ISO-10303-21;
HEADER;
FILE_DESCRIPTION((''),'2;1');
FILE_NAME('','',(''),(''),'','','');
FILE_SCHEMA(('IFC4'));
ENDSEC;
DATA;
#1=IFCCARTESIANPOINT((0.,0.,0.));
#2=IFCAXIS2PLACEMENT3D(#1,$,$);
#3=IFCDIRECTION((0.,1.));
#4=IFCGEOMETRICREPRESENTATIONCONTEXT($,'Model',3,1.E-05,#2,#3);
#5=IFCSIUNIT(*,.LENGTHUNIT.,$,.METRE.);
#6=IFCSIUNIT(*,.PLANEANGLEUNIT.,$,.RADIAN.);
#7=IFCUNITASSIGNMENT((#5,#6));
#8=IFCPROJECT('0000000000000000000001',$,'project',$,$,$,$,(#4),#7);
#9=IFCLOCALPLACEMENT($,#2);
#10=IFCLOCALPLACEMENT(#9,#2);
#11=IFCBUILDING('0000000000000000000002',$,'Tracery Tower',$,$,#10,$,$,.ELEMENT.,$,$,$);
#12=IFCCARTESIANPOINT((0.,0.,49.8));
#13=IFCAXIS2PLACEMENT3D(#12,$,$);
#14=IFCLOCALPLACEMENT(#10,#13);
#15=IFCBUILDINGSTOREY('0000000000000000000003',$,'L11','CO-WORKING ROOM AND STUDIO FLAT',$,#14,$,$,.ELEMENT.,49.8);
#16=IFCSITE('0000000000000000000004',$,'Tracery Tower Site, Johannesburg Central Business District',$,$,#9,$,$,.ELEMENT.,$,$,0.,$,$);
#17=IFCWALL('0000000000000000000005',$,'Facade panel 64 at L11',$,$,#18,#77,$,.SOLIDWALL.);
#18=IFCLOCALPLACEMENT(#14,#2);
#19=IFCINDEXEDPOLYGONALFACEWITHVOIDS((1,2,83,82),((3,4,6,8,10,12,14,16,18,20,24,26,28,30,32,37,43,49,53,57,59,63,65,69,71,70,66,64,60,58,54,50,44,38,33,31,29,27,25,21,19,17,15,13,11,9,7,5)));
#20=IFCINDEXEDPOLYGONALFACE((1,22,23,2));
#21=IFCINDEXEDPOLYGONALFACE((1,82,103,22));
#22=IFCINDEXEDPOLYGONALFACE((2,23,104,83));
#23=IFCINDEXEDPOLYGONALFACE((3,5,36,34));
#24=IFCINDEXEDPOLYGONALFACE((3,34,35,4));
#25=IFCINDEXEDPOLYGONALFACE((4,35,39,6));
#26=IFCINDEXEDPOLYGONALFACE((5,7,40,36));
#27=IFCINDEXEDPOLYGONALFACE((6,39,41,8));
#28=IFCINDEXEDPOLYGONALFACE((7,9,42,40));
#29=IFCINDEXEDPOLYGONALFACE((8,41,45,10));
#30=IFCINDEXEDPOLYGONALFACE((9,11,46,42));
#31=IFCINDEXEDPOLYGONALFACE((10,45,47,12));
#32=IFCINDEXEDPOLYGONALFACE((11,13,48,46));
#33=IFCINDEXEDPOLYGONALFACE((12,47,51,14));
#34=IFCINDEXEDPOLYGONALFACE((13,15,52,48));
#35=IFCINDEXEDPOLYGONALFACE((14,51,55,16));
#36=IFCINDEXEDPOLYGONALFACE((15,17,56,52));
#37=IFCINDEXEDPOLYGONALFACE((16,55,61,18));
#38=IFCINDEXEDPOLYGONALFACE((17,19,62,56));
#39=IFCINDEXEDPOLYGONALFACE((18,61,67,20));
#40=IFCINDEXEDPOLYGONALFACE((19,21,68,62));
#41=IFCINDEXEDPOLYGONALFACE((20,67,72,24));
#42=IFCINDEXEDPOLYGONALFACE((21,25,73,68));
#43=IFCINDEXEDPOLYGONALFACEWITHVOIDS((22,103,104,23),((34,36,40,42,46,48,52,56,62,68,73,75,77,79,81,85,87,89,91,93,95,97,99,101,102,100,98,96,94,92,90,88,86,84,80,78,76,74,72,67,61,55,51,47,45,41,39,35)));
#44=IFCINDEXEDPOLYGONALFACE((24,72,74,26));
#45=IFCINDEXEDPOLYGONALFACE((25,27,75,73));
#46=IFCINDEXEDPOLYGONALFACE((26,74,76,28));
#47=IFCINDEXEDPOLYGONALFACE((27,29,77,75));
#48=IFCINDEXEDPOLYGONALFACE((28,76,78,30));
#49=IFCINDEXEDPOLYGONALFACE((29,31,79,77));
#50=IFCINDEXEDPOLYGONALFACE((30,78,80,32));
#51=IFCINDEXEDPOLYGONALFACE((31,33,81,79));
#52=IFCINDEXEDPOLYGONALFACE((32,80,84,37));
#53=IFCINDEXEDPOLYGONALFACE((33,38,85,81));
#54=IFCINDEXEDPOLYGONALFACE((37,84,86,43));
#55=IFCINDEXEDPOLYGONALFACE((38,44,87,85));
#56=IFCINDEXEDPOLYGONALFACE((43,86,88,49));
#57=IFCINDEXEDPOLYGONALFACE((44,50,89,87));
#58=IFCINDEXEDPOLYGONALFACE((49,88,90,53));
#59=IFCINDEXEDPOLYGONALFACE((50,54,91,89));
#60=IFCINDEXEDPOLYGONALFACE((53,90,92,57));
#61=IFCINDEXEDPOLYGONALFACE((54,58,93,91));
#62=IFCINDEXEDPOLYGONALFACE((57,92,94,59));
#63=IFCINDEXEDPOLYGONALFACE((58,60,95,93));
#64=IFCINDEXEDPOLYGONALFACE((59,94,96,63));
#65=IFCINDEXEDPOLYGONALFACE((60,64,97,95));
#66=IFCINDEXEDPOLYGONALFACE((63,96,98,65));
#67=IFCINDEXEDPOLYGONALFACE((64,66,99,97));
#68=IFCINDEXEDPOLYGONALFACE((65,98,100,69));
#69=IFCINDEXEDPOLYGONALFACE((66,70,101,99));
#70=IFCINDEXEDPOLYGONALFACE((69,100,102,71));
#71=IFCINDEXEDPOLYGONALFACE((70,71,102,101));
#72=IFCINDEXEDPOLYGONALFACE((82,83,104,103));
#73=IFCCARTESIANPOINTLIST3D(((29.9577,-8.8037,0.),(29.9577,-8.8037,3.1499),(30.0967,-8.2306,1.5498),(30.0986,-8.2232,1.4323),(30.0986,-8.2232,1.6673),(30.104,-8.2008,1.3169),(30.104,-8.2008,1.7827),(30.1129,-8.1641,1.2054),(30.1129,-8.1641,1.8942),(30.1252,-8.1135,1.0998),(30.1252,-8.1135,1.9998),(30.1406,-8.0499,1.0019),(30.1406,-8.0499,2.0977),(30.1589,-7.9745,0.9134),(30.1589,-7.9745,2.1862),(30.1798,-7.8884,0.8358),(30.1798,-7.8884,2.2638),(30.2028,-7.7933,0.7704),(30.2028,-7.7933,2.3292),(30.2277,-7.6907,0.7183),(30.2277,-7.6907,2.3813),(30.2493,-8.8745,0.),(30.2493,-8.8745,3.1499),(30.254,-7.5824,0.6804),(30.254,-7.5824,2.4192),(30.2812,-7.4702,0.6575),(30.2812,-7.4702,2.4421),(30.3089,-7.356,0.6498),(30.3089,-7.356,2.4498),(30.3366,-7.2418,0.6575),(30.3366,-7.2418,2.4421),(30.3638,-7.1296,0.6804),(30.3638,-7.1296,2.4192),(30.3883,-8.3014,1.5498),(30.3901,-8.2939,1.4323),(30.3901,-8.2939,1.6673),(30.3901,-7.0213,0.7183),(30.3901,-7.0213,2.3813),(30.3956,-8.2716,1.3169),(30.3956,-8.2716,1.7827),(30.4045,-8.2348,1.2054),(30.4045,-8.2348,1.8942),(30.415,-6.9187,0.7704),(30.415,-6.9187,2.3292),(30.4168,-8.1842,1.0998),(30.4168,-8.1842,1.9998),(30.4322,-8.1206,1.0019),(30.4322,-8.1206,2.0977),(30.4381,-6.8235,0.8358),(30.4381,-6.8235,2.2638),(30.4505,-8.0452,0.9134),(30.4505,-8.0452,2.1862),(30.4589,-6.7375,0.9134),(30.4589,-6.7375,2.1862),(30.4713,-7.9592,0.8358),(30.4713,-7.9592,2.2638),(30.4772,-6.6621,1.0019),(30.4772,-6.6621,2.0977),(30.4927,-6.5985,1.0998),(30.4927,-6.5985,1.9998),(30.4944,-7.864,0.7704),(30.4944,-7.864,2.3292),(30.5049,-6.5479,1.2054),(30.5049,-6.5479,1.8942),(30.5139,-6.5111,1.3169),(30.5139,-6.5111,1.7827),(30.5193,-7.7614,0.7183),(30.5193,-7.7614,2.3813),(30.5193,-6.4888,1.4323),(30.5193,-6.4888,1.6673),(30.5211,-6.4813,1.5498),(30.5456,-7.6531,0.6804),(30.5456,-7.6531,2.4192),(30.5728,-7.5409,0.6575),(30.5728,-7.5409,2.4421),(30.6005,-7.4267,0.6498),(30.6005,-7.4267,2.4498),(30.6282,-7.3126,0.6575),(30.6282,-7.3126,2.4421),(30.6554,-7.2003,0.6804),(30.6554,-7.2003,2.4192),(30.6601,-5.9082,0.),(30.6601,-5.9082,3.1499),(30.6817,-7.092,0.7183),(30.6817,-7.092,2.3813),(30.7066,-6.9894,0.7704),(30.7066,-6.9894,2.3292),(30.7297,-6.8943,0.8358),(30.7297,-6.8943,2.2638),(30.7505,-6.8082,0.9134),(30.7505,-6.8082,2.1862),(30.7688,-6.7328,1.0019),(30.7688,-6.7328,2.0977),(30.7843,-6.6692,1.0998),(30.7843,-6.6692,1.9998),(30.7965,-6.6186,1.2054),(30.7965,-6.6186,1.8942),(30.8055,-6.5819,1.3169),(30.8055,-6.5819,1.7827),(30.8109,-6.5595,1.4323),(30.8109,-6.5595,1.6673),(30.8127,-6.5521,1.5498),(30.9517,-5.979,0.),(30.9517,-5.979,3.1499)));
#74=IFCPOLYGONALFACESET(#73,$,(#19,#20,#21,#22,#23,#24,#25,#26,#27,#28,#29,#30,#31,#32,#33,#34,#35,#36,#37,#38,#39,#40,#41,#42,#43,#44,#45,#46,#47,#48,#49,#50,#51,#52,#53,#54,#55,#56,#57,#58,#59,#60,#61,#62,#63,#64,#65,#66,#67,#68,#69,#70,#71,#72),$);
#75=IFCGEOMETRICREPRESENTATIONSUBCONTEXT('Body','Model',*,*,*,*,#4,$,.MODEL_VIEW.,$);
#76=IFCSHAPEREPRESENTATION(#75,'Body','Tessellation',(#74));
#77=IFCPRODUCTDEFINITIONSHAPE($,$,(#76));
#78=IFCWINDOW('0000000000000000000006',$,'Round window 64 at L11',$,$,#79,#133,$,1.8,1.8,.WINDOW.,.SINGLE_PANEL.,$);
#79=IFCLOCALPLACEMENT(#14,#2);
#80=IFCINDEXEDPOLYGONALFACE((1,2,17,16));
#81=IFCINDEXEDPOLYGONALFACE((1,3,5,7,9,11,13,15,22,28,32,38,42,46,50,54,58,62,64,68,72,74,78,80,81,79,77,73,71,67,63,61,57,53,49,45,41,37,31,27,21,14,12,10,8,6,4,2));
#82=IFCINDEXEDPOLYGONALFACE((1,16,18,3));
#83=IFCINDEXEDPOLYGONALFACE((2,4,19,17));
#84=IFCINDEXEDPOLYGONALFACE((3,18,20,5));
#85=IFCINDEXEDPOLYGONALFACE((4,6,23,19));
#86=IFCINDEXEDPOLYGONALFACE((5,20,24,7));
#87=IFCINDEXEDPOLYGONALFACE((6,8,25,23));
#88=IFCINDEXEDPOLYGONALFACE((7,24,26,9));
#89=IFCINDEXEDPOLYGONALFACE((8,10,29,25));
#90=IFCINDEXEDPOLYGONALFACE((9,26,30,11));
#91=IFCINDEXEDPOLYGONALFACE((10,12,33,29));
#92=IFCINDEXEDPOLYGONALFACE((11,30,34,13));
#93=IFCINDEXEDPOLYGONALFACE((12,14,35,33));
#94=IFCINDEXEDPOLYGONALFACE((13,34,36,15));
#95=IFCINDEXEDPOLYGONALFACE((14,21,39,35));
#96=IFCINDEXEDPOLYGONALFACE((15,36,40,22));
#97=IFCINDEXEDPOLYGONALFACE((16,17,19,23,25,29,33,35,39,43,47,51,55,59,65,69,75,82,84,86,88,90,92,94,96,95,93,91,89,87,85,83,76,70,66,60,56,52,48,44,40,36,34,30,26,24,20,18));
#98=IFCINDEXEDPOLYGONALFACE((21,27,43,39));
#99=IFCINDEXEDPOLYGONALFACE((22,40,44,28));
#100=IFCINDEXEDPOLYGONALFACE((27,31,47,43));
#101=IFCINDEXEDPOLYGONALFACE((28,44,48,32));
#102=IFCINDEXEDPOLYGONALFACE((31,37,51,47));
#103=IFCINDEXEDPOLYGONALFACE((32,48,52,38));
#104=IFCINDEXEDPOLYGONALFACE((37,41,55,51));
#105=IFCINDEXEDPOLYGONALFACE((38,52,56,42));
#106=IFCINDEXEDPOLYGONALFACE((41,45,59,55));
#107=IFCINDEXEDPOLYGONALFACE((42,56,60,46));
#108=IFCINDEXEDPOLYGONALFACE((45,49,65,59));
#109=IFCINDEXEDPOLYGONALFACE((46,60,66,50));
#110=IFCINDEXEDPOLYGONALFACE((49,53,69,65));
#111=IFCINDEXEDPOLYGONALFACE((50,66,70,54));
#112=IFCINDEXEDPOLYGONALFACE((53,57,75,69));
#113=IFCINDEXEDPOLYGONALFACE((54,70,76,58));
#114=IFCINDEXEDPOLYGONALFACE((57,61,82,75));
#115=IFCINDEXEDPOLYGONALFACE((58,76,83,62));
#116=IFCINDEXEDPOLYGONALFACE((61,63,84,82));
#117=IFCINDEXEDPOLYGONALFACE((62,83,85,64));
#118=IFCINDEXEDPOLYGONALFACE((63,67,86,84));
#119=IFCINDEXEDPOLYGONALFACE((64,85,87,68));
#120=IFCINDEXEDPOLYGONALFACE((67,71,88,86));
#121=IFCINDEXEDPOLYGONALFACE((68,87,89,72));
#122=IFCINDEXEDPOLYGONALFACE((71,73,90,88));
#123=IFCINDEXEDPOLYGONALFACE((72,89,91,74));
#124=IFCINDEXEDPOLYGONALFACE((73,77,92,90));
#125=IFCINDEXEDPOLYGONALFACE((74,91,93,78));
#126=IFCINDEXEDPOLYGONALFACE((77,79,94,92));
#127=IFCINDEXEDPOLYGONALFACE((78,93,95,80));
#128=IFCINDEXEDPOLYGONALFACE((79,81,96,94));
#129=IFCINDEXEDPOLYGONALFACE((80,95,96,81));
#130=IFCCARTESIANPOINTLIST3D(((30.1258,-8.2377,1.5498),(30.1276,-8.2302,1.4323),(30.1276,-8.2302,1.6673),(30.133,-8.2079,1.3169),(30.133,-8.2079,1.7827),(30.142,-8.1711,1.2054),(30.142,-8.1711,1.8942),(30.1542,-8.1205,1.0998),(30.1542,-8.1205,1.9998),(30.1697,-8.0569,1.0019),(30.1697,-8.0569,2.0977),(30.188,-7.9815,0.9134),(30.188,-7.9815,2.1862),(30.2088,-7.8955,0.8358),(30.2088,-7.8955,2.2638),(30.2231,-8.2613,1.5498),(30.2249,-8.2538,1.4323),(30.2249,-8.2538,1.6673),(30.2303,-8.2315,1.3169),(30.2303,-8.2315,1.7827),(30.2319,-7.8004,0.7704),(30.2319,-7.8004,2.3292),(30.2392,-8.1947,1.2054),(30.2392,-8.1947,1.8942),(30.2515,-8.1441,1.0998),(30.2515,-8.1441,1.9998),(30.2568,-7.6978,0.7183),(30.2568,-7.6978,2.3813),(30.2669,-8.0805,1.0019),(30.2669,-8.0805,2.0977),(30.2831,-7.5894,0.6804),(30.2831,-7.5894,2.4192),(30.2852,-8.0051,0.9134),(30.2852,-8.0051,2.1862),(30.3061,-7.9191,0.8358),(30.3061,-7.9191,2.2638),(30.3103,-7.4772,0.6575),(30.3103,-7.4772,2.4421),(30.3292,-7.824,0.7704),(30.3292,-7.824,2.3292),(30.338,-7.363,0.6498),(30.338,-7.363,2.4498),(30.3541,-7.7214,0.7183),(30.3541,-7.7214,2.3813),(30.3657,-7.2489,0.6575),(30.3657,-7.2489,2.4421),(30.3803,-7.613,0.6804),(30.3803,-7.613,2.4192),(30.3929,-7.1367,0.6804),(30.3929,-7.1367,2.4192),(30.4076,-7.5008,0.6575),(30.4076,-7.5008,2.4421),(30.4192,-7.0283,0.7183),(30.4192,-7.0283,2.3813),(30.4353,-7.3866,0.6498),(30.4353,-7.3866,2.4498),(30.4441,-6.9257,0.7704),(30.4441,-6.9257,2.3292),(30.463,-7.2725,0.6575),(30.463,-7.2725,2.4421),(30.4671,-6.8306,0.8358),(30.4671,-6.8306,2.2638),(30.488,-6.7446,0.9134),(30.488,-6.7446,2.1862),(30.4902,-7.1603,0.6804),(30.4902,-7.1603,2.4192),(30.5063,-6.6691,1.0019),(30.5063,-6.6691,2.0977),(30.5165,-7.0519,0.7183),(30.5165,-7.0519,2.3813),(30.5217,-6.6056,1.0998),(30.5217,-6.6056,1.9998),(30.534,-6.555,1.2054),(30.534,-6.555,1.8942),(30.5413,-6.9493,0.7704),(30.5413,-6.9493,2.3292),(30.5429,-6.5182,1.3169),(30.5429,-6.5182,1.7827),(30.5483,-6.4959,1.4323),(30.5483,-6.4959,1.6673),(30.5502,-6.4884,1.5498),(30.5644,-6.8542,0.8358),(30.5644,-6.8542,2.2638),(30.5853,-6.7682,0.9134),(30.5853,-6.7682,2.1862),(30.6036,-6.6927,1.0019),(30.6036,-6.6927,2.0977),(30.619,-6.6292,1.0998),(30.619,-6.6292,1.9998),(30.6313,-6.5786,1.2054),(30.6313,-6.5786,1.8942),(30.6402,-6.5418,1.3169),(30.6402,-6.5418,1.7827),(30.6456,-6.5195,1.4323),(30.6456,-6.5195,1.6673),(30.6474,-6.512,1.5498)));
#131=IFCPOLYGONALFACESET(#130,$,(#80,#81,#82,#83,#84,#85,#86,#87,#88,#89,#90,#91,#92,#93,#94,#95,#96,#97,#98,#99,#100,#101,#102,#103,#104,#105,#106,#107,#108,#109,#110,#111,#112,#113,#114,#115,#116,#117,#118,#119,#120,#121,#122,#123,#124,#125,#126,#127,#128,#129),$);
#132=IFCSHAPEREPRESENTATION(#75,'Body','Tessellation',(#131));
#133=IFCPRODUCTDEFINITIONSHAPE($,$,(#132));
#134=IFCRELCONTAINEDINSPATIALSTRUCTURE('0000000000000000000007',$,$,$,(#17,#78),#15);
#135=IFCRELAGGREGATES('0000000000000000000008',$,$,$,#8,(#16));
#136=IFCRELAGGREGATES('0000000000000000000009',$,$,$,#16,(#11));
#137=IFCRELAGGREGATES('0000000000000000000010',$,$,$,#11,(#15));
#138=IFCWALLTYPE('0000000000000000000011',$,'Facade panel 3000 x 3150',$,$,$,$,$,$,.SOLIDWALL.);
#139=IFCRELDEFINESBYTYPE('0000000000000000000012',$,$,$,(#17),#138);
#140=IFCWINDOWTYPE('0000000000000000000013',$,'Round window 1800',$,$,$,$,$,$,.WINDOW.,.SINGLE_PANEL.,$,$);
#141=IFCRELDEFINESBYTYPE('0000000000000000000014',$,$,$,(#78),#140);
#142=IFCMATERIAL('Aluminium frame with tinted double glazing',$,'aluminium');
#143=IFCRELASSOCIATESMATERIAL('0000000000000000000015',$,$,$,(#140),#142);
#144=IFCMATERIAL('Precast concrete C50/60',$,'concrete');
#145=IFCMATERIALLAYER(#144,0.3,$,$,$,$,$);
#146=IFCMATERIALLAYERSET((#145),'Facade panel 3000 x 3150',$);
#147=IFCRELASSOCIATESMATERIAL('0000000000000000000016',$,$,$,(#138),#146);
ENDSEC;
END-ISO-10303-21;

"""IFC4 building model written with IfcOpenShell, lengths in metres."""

from ifc_helpers import new_model, si_unit, direction, frame, frame_2d, origin, origin_2d, place, context, subcontext, project, spatial, rectangle, circle, extrude, material, layer, layer_set, type_object, element, fill, save


model = new_model("IFC4")

# Units and contexts
model_context = context("Model", 3, precision=1e-05, world=origin(), true_north=direction((0.0, 1.0)))
body_context = subcontext(model_context, "Body", "Model", "MODEL_VIEW")
ifc_project = project(units=[si_unit("LENGTHUNIT", "METRE"), si_unit("PLANEANGLEUNIT", "RADIAN")], contexts=[model_context])

# Site, building, storey
site_placement = place(None, origin())
site = spatial("IfcSite", under=ifc_project, at=site_placement, Name="Tracery Tower Site, Johannesburg Central Business District", CompositionType="ELEMENT", RefElevation=0.0)
building_placement = place(site_placement, origin())
building = spatial("IfcBuilding", under=site, at=building_placement, Name="Tracery Tower", CompositionType="ELEMENT")
storey_placement = place(building_placement, frame((0.0, 0.0, 49.8)))
storey = spatial("IfcBuildingStorey", under=building, at=storey_placement, Name="L11", Description="CO-WORKING ROOM AND STUDIO FLAT", CompositionType="ELEMENT", Elevation=49.8)

# Wall, opening, window
ifc_material_1 = material(Name="Aluminium frame with tinted double glazing", Category="aluminium")
window_type = type_object("IfcWindowType", Name="Round window 1800", PartitioningType="SINGLE_PANEL", PredefinedType="WINDOW", material=ifc_material_1)
ifc_material_2 = material(Name="Precast concrete C50/60", Category="concrete")
ifc_layer_1 = layer(ifc_material_2, 0.3)
ifc_layer_set_1 = layer_set([ifc_layer_1], Name="Facade panel 3000 x 3150")
wall_type_1 = type_object("IfcWallType", Name="Facade panel 3000 x 3150", PredefinedType="SOLIDWALL", material=ifc_layer_set_1)
wall_1_placement = place(storey_placement, frame((30.1035, -8.8391, 0.0), z_axis=(0.0, 0.0, 1.0), x_axis=(0.235743, 0.971815, 0.0)))
wall_1 = element("IfcWall", 1, at=wall_1_placement, inside=storey, type_object=wall_type_1, Name="Facade panel 64 at L11", PredefinedType="SOLIDWALL", context=body_context, shape_type="SweptSolid", body=[
    extrude(rectangle(XDim=2.9795, YDim=0.3, at=frame_2d((1.4897, 0.0))), origin(), (0.0, 0.0, 1.0), 3.1499),
])
opening_1_placement = place(wall_1_placement, frame((1.4897, 0.0, 1.5498)))
opening_1 = element("IfcOpeningElement", 2, at=opening_1_placement, cuts=wall_1, PredefinedType="OPENING", context=body_context, shape_type="SweptSolid", body=[
    extrude(circle(Radius=0.9, at=origin_2d()), frame((0.0, 0.1599, 0.0), z_axis=(0.0, -1.0, 0.0), x_axis=(1.0, 0.0, 0.0)), (0.0, 0.0, 1.0), 0.3201),
])
window_1_placement = place(opening_1_placement, origin())
window_1 = element("IfcWindow", 3, at=window_1_placement, inside=storey, type_object=window_type, Name="Round window 64 at L11", OverallHeight=1.8, OverallWidth=1.8, PartitioningType="SINGLE_PANEL", PredefinedType="WINDOW", context=body_context, shape_type="SweptSolid", body=[
    extrude(circle(Radius=0.9, at=origin_2d()), frame((0.0, 0.1201, 0.0), z_axis=(0.0, -1.0, 0.0), x_axis=(1.0, 0.0, 0.0)), (0.0, 0.0, 1.0), 0.1001),
])
fill(opening_1, window_1)

save(model, "model.ifc")
